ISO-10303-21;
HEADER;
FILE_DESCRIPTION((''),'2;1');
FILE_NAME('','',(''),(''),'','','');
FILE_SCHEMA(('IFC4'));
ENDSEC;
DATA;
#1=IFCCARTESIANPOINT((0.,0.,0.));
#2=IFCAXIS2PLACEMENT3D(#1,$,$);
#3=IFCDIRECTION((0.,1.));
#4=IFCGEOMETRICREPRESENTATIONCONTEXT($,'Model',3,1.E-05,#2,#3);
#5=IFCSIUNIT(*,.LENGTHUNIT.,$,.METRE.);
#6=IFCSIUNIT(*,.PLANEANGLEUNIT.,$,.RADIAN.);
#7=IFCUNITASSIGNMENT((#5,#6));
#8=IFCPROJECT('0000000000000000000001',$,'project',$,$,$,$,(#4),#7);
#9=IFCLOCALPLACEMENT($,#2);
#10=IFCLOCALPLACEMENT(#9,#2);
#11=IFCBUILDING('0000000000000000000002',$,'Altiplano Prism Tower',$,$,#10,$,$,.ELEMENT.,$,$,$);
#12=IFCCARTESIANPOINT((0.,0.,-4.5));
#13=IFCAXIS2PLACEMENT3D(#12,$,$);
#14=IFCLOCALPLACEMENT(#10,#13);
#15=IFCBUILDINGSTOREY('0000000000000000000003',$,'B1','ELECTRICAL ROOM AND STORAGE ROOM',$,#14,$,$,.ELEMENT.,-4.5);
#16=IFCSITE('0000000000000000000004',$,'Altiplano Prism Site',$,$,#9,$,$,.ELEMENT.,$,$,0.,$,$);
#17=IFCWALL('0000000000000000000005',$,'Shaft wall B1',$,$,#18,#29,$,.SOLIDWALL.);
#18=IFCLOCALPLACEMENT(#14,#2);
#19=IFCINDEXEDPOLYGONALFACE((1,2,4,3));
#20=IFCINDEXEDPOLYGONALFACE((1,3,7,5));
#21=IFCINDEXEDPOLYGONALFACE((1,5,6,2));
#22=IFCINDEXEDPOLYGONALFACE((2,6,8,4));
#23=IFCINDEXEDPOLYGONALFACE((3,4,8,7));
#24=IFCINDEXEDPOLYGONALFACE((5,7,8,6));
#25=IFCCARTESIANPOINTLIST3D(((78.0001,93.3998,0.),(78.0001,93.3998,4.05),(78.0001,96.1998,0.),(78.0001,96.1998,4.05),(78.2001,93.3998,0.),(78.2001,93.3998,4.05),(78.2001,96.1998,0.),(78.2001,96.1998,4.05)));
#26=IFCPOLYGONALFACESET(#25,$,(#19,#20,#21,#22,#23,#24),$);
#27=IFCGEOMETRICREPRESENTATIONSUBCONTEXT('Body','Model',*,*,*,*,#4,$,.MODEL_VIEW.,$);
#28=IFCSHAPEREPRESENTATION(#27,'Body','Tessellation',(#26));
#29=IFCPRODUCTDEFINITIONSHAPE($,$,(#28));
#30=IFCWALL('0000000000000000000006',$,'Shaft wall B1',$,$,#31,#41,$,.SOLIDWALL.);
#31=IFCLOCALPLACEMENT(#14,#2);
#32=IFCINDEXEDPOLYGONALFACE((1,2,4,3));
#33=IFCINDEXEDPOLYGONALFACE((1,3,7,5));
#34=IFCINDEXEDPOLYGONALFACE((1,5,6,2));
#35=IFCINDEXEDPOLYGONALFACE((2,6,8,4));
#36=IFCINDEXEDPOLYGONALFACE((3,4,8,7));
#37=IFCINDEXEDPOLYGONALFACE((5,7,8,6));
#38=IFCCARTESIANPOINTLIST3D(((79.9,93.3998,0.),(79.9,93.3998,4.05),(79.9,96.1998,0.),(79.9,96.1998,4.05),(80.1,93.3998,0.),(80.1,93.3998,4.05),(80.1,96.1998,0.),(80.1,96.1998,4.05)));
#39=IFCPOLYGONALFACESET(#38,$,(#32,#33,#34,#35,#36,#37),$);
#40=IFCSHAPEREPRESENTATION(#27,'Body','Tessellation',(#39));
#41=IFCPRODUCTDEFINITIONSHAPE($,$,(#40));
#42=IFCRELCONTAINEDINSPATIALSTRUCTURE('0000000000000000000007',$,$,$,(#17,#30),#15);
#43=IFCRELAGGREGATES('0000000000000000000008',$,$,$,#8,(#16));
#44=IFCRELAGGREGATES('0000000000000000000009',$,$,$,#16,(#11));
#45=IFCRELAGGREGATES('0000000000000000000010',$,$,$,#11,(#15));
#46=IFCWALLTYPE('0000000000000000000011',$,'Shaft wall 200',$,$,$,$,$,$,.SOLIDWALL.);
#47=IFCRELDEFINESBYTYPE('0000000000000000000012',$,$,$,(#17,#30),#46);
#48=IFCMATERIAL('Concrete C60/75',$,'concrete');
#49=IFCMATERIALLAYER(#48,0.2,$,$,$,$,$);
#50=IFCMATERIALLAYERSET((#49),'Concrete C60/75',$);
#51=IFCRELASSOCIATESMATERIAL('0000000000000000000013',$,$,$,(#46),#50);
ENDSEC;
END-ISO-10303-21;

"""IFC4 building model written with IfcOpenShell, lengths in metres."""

from ifc_helpers import new_model, si_unit, direction, frame, frame_2d, origin, place, context, subcontext, project, spatial, rectangle, extrude, material, layer, layer_set, type_object, element, save


model = new_model("IFC4")

# Units and contexts
model_context = context("Model", 3, precision=1e-05, world=origin(), true_north=direction((0.0, 1.0)))
body_context = subcontext(model_context, "Body", "Model", "MODEL_VIEW")
ifc_project = project(units=[si_unit("LENGTHUNIT", "METRE"), si_unit("PLANEANGLEUNIT", "RADIAN")], contexts=[model_context])

# Site, building, storey
site_placement = place(None, origin())
site = spatial("IfcSite", under=ifc_project, at=site_placement, Name="Altiplano Prism Site", CompositionType="ELEMENT", RefElevation=0.0)
building_placement = place(site_placement, origin())
building = spatial("IfcBuilding", under=site, at=building_placement, Name="Altiplano Prism Tower", CompositionType="ELEMENT")
storey_placement = place(building_placement, frame((0.0, 0.0, -4.5)))
storey = spatial("IfcBuildingStorey", under=building, at=storey_placement, Name="B1", Description="ELECTRICAL ROOM AND STORAGE ROOM", CompositionType="ELEMENT", Elevation=-4.5)

# Shared definitions
ifc_material_1 = material(Name="Concrete C60/75", Category="concrete")

# Walls
ifc_layer_1 = layer(ifc_material_1, 0.2)
ifc_layer_set_1 = layer_set([ifc_layer_1], Name="Concrete C60/75")
wall_type_1 = type_object("IfcWallType", Name="Shaft wall 200", PredefinedType="SOLIDWALL", material=ifc_layer_set_1)
for number, where, z_axis, x_axis, name in (
    (1, (78.1001, 93.3999, 0.0), (0.0, 0.0, 1.0), (0.0, 1.0, 0.0), "Shaft wall B1"),
    (2, (80.0, 93.3999, 0.0), (0.0, 0.0, 1.0), (0.0, 1.0, 0.0), "Shaft wall B1"),
):
    element("IfcWall", number, at=place(storey_placement, frame(where, z_axis=z_axis, x_axis=x_axis)), inside=storey, type_object=wall_type_1, Name=name, PredefinedType="SOLIDWALL", context=body_context, shape_type="SweptSolid", body=[
        extrude(rectangle(XDim=2.8, YDim=0.2, at=frame_2d((1.3999, 0.0))), origin(), (0.0, 0.0, 1.0), 4.05),
    ])

save(model, "model.ifc")
